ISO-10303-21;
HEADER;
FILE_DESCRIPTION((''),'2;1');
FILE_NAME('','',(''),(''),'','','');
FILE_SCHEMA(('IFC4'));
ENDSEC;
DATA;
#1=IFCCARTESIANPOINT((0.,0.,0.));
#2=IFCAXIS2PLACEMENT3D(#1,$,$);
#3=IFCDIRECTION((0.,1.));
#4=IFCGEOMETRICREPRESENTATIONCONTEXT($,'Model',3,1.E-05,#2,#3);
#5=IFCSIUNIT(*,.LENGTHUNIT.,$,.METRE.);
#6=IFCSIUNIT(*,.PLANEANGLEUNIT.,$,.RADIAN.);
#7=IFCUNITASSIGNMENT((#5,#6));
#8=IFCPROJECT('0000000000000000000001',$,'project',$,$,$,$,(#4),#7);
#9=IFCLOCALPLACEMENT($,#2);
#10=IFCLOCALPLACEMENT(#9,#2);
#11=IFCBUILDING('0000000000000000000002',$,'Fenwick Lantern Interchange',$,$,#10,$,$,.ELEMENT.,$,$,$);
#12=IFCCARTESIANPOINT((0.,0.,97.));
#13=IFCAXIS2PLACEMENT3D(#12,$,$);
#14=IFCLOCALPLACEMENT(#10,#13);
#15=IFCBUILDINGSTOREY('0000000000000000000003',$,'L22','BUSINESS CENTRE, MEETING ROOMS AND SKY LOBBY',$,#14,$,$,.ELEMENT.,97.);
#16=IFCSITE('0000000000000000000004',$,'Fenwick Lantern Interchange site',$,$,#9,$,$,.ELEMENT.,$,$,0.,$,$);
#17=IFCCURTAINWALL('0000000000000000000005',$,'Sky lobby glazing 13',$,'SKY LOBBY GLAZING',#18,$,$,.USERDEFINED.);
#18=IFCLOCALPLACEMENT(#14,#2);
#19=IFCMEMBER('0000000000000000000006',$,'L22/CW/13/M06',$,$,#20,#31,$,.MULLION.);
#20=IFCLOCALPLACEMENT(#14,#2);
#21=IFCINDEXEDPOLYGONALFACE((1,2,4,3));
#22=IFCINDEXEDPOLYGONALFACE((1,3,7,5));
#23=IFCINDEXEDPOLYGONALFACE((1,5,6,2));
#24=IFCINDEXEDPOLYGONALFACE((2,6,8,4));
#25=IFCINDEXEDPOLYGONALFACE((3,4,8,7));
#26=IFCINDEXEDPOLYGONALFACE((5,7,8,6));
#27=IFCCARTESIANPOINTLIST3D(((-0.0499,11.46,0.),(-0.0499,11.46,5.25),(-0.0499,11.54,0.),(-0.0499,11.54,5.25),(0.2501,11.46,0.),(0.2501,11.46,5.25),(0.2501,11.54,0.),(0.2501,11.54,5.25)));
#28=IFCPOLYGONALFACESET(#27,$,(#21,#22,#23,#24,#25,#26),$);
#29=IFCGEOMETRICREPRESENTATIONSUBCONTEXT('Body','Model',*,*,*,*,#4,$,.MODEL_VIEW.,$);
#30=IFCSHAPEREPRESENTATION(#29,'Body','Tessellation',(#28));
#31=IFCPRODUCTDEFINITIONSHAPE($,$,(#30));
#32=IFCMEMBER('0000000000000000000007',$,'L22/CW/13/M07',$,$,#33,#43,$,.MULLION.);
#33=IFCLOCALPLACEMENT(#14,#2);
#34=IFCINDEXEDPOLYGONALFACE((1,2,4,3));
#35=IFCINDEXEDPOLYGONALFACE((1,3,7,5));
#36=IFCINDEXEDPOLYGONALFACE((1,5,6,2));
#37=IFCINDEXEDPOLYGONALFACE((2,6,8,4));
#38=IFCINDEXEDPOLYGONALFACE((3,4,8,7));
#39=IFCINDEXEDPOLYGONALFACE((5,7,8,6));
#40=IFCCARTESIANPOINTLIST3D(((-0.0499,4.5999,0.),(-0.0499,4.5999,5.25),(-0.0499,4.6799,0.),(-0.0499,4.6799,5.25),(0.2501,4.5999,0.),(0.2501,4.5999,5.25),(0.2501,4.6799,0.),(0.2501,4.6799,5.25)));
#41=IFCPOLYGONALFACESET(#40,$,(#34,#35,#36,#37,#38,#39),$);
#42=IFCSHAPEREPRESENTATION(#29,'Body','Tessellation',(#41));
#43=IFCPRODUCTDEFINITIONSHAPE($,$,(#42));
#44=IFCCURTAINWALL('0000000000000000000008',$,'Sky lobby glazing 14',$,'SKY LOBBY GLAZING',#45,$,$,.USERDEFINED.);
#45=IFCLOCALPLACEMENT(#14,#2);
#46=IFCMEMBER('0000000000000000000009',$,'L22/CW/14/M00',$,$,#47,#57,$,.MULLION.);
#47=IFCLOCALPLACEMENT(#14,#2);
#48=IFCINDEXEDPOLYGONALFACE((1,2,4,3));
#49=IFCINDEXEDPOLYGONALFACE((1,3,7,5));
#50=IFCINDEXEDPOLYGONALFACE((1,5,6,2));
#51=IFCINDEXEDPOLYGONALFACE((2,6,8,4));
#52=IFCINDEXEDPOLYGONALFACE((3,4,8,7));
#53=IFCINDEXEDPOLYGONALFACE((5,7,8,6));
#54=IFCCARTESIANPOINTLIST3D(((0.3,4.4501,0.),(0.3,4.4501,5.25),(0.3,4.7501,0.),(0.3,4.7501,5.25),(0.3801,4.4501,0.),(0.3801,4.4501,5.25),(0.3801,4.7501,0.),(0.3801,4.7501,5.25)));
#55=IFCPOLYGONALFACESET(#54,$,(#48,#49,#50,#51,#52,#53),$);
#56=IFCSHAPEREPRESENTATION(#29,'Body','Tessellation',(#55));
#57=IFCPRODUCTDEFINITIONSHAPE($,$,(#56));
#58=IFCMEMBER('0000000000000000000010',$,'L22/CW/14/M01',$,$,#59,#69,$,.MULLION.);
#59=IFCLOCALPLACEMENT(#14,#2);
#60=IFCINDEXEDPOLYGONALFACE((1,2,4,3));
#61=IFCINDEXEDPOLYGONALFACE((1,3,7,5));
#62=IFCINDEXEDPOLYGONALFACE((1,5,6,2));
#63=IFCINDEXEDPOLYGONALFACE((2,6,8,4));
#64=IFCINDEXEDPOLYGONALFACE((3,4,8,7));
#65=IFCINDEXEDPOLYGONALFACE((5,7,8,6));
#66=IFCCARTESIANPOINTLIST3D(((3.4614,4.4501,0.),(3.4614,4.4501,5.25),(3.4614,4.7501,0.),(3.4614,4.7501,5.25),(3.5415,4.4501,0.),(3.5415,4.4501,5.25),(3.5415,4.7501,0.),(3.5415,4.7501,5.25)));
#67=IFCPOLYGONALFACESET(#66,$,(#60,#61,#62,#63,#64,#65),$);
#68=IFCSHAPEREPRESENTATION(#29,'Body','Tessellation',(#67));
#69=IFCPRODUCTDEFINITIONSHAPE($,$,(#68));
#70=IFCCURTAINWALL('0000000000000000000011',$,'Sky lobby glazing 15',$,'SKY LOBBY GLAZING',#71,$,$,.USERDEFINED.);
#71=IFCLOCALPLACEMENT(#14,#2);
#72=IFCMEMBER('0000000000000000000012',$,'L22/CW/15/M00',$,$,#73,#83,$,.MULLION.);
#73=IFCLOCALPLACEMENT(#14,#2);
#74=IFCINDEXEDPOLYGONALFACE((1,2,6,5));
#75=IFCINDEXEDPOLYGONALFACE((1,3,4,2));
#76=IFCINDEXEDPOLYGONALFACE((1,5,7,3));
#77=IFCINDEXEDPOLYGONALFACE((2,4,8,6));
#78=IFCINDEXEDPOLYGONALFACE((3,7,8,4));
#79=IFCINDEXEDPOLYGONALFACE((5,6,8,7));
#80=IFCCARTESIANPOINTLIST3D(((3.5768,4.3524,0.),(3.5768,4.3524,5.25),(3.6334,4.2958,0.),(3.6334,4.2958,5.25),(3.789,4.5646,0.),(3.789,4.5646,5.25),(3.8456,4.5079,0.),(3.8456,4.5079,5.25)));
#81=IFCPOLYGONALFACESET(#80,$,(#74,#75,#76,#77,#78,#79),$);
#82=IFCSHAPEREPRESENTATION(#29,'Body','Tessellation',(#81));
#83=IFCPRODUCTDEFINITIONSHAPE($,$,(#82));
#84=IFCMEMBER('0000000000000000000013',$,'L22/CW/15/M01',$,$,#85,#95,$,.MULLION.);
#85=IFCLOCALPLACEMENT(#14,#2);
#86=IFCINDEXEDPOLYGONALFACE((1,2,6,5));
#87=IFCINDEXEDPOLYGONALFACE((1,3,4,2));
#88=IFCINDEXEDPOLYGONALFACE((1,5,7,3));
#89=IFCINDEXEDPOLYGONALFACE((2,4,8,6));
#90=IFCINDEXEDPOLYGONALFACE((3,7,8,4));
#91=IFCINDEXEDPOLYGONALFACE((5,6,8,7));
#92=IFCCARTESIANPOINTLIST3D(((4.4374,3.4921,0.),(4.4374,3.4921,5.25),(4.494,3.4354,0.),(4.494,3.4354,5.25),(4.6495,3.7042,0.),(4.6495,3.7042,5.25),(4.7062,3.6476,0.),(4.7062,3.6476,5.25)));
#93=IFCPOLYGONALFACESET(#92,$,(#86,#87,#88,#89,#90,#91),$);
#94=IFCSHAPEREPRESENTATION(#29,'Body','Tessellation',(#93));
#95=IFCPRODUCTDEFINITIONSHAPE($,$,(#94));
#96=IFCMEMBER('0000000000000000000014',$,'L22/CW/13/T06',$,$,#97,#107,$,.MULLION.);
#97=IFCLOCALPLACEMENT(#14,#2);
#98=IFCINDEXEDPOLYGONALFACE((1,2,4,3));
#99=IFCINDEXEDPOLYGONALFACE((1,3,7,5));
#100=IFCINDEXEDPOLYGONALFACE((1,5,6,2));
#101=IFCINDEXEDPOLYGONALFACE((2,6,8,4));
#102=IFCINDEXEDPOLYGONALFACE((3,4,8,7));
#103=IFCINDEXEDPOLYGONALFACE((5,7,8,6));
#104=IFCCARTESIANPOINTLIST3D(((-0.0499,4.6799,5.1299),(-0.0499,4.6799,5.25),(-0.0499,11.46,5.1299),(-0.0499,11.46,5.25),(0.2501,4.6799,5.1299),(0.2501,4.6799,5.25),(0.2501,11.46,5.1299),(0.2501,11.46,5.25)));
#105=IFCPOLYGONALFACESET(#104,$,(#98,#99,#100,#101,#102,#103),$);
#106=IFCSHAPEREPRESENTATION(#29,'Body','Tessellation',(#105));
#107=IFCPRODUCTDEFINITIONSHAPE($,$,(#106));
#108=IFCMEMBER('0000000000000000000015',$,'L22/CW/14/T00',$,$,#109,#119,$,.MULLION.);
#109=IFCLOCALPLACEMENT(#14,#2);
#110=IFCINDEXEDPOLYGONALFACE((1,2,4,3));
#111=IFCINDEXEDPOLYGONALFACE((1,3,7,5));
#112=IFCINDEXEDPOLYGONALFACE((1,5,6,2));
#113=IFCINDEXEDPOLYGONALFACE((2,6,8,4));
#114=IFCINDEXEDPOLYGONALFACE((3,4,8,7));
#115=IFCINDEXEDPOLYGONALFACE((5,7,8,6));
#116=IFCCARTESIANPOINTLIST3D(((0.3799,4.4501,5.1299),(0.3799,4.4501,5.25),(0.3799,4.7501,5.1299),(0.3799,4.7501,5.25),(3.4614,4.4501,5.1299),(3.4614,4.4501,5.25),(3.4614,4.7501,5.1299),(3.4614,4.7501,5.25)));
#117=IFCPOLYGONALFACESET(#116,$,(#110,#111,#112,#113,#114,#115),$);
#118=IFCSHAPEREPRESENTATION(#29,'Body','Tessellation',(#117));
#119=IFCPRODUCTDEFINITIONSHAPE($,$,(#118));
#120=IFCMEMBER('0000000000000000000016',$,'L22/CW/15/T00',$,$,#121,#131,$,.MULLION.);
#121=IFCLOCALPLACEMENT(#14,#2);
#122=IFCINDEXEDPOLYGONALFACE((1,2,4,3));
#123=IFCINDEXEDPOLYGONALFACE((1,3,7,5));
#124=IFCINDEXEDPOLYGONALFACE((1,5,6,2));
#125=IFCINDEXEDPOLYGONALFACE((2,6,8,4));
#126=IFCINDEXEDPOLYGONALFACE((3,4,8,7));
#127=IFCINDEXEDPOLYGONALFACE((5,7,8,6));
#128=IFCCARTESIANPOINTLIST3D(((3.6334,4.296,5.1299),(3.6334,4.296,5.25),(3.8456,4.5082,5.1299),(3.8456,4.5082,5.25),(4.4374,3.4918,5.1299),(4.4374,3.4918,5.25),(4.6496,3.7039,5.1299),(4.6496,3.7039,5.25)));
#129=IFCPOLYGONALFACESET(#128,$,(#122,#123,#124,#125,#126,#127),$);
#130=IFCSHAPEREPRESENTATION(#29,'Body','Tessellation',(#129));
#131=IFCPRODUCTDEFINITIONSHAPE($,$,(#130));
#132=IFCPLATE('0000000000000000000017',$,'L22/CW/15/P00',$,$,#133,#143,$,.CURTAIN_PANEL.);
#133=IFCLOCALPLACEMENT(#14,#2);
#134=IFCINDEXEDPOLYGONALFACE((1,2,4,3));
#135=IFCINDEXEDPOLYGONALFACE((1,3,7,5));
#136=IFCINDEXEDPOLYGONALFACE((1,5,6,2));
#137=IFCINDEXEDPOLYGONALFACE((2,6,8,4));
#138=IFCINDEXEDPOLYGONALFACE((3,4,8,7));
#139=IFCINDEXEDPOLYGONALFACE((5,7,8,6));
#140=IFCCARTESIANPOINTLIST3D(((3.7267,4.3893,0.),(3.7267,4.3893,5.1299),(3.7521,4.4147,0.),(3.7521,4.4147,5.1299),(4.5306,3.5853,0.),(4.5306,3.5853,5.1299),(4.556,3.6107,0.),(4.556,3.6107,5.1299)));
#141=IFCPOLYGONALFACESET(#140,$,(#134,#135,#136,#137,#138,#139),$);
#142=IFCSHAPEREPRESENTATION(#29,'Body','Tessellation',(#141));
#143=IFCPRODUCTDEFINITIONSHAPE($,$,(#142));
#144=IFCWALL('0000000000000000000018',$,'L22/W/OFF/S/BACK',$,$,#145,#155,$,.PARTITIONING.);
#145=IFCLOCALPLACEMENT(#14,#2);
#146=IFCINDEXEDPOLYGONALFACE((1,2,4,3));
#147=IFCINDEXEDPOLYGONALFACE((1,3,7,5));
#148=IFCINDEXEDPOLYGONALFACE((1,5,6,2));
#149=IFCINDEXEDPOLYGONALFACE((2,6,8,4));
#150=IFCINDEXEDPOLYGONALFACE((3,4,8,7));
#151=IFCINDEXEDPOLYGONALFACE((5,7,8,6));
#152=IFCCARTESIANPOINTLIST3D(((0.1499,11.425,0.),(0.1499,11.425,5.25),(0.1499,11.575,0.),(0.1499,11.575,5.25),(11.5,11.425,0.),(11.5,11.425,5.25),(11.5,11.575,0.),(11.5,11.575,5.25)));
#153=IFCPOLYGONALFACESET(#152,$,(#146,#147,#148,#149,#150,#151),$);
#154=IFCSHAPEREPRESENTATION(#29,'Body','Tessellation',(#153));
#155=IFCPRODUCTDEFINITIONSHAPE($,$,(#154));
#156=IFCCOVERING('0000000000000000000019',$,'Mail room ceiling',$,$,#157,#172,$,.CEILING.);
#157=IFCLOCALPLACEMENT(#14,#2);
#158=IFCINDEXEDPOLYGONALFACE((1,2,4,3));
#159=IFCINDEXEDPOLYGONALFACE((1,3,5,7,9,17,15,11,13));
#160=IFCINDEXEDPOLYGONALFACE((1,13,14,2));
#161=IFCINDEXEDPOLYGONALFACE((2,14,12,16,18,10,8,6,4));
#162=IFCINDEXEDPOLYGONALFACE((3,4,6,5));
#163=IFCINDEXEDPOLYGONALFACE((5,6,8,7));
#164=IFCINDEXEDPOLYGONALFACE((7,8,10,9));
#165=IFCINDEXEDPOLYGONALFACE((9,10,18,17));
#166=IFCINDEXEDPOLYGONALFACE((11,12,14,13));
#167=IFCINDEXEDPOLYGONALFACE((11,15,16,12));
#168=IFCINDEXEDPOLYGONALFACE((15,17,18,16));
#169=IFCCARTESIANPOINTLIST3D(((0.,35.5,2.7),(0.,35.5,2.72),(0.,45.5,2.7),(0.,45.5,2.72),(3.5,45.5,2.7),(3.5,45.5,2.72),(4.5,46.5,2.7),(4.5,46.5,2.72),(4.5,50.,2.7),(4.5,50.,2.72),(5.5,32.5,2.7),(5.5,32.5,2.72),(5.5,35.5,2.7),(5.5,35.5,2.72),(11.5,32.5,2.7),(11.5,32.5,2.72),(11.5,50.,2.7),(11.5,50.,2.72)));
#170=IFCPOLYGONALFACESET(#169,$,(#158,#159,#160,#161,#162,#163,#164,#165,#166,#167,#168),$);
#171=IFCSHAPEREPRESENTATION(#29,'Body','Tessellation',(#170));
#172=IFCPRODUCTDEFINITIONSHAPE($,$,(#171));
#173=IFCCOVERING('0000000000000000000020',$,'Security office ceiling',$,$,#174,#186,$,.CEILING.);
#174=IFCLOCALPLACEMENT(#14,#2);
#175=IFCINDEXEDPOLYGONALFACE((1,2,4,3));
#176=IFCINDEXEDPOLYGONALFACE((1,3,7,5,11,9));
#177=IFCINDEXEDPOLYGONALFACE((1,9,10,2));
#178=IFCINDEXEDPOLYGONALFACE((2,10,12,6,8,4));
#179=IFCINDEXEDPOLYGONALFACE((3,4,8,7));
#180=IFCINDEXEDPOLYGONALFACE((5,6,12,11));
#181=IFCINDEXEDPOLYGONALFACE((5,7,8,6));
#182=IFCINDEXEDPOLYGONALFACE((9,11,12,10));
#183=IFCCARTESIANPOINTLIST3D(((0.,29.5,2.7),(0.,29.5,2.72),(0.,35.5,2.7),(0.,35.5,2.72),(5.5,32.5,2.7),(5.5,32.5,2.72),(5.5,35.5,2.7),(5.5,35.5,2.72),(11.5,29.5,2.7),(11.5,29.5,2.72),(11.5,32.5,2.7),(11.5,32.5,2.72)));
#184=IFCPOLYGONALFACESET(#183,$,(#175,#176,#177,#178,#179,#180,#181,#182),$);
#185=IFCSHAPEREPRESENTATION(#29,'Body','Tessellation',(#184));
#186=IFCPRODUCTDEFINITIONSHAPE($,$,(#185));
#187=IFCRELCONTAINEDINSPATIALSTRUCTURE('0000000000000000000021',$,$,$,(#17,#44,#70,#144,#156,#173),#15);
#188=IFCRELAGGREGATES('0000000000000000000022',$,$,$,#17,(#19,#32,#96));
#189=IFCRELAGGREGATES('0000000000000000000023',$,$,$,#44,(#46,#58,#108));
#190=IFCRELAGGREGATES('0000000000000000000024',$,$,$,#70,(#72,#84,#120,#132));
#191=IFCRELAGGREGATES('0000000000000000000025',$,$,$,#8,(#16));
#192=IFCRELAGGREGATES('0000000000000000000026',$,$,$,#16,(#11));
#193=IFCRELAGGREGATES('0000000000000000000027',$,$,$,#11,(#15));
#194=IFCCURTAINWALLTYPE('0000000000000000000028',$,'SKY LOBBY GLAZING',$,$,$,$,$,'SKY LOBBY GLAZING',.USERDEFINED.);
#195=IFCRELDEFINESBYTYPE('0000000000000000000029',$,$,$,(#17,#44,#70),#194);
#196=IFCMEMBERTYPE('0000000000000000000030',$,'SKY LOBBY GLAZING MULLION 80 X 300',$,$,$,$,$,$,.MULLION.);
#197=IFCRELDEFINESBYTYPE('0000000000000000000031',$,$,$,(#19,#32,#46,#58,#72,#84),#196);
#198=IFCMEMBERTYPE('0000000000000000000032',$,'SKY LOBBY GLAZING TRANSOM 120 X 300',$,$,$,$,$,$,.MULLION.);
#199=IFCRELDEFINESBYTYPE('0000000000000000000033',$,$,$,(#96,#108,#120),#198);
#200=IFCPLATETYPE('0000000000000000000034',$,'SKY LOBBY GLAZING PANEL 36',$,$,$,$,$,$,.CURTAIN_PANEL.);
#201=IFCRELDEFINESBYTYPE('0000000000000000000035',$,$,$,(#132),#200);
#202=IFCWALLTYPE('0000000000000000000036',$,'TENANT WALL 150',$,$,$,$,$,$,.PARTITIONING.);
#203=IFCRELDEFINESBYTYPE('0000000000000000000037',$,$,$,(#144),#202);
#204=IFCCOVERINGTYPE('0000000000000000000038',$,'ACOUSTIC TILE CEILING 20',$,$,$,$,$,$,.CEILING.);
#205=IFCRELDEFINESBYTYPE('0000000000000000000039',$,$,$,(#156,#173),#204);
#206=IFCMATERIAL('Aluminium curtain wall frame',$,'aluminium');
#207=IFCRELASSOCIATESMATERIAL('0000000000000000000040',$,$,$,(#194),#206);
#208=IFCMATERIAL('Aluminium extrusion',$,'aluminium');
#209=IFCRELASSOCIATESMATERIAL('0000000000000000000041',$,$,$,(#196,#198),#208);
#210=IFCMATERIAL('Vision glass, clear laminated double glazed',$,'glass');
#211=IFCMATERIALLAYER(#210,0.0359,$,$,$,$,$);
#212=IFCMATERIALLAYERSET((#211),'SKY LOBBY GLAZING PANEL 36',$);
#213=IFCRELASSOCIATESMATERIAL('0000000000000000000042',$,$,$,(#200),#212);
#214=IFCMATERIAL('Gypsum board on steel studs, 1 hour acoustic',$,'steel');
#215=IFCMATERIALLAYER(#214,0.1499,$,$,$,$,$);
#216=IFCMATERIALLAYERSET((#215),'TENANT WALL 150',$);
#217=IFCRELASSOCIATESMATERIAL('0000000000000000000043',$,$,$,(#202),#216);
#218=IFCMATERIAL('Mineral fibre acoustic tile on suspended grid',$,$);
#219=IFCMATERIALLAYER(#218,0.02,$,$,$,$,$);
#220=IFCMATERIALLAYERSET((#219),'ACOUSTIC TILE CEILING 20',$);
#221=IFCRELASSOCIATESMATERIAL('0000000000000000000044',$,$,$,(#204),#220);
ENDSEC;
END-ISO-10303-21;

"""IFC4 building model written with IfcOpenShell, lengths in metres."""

from ifc_helpers import new_model, si_unit, direction, frame, frame_2d, origin, origin_2d, place, context, subcontext, project, spatial, polyline, rectangle, outline, extrude, material, layer, layer_set, material_profile, profile_set, type_object, element, aggregate, save


model = new_model("IFC4")

# Units and contexts
model_context = context("Model", 3, precision=1e-05, world=origin(), true_north=direction((0.0, 1.0)))
body_context = subcontext(model_context, "Body", "Model", "MODEL_VIEW")
ifc_project = project(units=[si_unit("LENGTHUNIT", "METRE"), si_unit("PLANEANGLEUNIT", "RADIAN")], contexts=[model_context])

# Site, building, storey
site_placement = place(None, origin())
site = spatial("IfcSite", under=ifc_project, at=site_placement, Name="Fenwick Lantern Interchange site", CompositionType="ELEMENT", RefElevation=0.0)
building_placement = place(site_placement, origin())
building = spatial("IfcBuilding", under=site, at=building_placement, Name="Fenwick Lantern Interchange", CompositionType="ELEMENT")
storey_placement = place(building_placement, frame((0.0, 0.0, 97.0)))
storey = spatial("IfcBuildingStorey", under=building, at=storey_placement, Name="L22", Description="BUSINESS CENTRE, MEETING ROOMS AND SKY LOBBY", CompositionType="ELEMENT", Elevation=97.0)

# Curtain walls, members
ifc_material_1 = material(Name="Aluminium curtain wall frame", Category="aluminium")
curtain_wall_type = type_object("IfcCurtainWallType", Name="SKY LOBBY GLAZING", ElementType="SKY LOBBY GLAZING", PredefinedType="USERDEFINED", material=ifc_material_1)
curtain_wall_1_placement = place(storey_placement, origin())
curtain_wall_1 = element("IfcCurtainWall", 1, at=curtain_wall_1_placement, inside=storey, type_object=curtain_wall_type, Name="Sky lobby glazing 13", ObjectType="SKY LOBBY GLAZING", PredefinedType="USERDEFINED")
ifc_material_2 = material(Name="Aluminium extrusion", Category="aluminium")
ifc_material_profile_1 = material_profile(ifc_material_2, rectangle(XDim=0.3, YDim=0.0801, at=origin_2d()), Name="SKY LOBBY GLAZING MULLION 80 X 300")
ifc_profile_set_1 = profile_set([ifc_material_profile_1], Name="Aluminium extrusion")
member_type_1 = type_object("IfcMemberType", Name="SKY LOBBY GLAZING MULLION 80 X 300", PredefinedType="MULLION", material=ifc_profile_set_1)
member_1_placement = place(storey_placement, frame((0.1001, 11.5, 0.0), z_axis=(0.0, 0.0, 1.0), x_axis=(1.0, 0.0, 0.0)))
member_1 = element("IfcMember", 2, at=member_1_placement, type_object=member_type_1, Name="L22/CW/13/M06", PredefinedType="MULLION", context=body_context, shape_type="SweptSolid", body=[
    extrude(rectangle(XDim=0.3, YDim=0.0801, at=origin_2d()), origin(), (0.0, 0.0, 1.0), 5.25),
])
member_2_placement = place(storey_placement, frame((0.1001, 4.6399, 0.0), z_axis=(0.0, 0.0, 1.0), x_axis=(1.0, 0.0, 0.0)))
member_2 = element("IfcMember", 3, at=member_2_placement, type_object=member_type_1, Name="L22/CW/13/M07", PredefinedType="MULLION", context=body_context, shape_type="SweptSolid", body=[
    extrude(rectangle(XDim=0.3, YDim=0.0801, at=origin_2d()), origin(), (0.0, 0.0, 1.0), 5.25),
])
curtain_wall_2_placement = place(storey_placement, origin())
curtain_wall_2 = element("IfcCurtainWall", 4, at=curtain_wall_2_placement, inside=storey, type_object=curtain_wall_type, Name="Sky lobby glazing 14", ObjectType="SKY LOBBY GLAZING", PredefinedType="USERDEFINED")
member_3_placement = place(storey_placement, frame((0.3401, 4.6001, 0.0), z_axis=(0.0, 0.0, 1.0), x_axis=(0.0, 1.0, 0.0)))
member_3 = element("IfcMember", 5, at=member_3_placement, type_object=member_type_1, Name="L22/CW/14/M00", PredefinedType="MULLION", context=body_context, shape_type="SweptSolid", body=[
    extrude(rectangle(XDim=0.3, YDim=0.0801, at=origin_2d()), origin(), (0.0, 0.0, 1.0), 5.25),
])
member_4_placement = place(storey_placement, frame((3.5015, 4.6001, 0.0), z_axis=(0.0, 0.0, 1.0), x_axis=(0.0, 1.0, 0.0)))
member_4 = element("IfcMember", 6, at=member_4_placement, type_object=member_type_1, Name="L22/CW/14/M01", PredefinedType="MULLION", context=body_context, shape_type="SweptSolid", body=[
    extrude(rectangle(XDim=0.3, YDim=0.0801, at=origin_2d()), origin(), (0.0, 0.0, 1.0), 5.25),
])
curtain_wall_3_placement = place(storey_placement, origin())
curtain_wall_3 = element("IfcCurtainWall", 7, at=curtain_wall_3_placement, inside=storey, type_object=curtain_wall_type, Name="Sky lobby glazing 15", ObjectType="SKY LOBBY GLAZING", PredefinedType="USERDEFINED")
member_5_placement = place(storey_placement, frame((3.7112, 4.4302, 0.0), z_axis=(0.0, 0.0, 1.0), x_axis=(0.707107, 0.707107, 0.0)))
member_5 = element("IfcMember", 8, at=member_5_placement, type_object=member_type_1, Name="L22/CW/15/M00", PredefinedType="MULLION", context=body_context, shape_type="SweptSolid", body=[
    extrude(rectangle(XDim=0.3, YDim=0.0801, at=origin_2d()), origin(), (0.0, 0.0, 1.0), 5.25),
])
member_6_placement = place(storey_placement, frame((4.5718, 3.5698, 0.0), z_axis=(0.0, 0.0, 1.0), x_axis=(0.707107, 0.707107, 0.0)))
member_6 = element("IfcMember", 9, at=member_6_placement, type_object=member_type_1, Name="L22/CW/15/M01", PredefinedType="MULLION", context=body_context, shape_type="SweptSolid", body=[
    extrude(rectangle(XDim=0.3, YDim=0.0801, at=origin_2d()), origin(), (0.0, 0.0, 1.0), 5.25),
])

# Members
ifc_material_profile_2 = material_profile(ifc_material_2, rectangle(XDim=0.3, YDim=0.1201, at=origin_2d()), Name="SKY LOBBY GLAZING TRANSOM 120 X 300")
ifc_profile_set_2 = profile_set([ifc_material_profile_2], Name="Aluminium extrusion")
member_type_2 = type_object("IfcMemberType", Name="SKY LOBBY GLAZING TRANSOM 120 X 300", PredefinedType="MULLION", material=ifc_profile_set_2)
member_7_placement = place(storey_placement, frame((0.1001, 11.46, 5.1899), z_axis=(0.0, -1.0, 0.0), x_axis=(1.0, 0.0, 0.0)))
member_7 = element("IfcMember", 10, at=member_7_placement, type_object=member_type_2, Name="L22/CW/13/T06", PredefinedType="MULLION", context=body_context, shape_type="SweptSolid", body=[
    extrude(rectangle(XDim=0.3, YDim=0.1201, at=origin_2d()), origin(), (0.0, 0.0, 1.0), 6.78),
])
aggregate(curtain_wall_1, [member_1, member_2, member_7])
member_8_placement = place(storey_placement, frame((0.3799, 4.6001, 5.1899), z_axis=(1.0, 0.0, 0.0), x_axis=(0.0, 1.0, 0.0)))
member_8 = element("IfcMember", 11, at=member_8_placement, type_object=member_type_2, Name="L22/CW/14/T00", PredefinedType="MULLION", context=body_context, shape_type="SweptSolid", body=[
    extrude(rectangle(XDim=0.3, YDim=0.1201, at=origin_2d()), origin(), (0.0, 0.0, 1.0), 3.0815),
])
member_9_placement = place(storey_placement, frame((3.7395, 4.4021, 5.1899), z_axis=(0.706999, -0.707214, 0.0), x_axis=(0.707214, 0.706999, 0.0)))
member_9 = element("IfcMember", 12, at=member_9_placement, type_object=member_type_2, Name="L22/CW/15/T00", PredefinedType="MULLION", context=body_context, shape_type="SweptSolid", body=[
    extrude(rectangle(XDim=0.3, YDim=0.1201, at=origin_2d()), origin(), (0.0, 0.0, 1.0), 1.1372),
])

# Shared definitions
ifc_material_3 = material(Name="Vision glass, clear laminated double glazed", Category="glass")
ifc_layer_1 = layer(ifc_material_3, 0.0359)
ifc_layer_set_1 = layer_set([ifc_layer_1], Name="SKY LOBBY GLAZING PANEL 36")
plate_type = type_object("IfcPlateType", Name="SKY LOBBY GLAZING PANEL 36", PredefinedType="CURTAIN_PANEL", material=ifc_layer_set_1)

# Plate
aggregate(curtain_wall_2, [member_3, member_4, member_8])
plate_1_placement = place(storey_placement, frame((4.1414, 4.0, 0.0), z_axis=(0.0, 0.0, 1.0), x_axis=(0.707107, -0.707107, 0.0)))
plate_1 = element("IfcPlate", 13, at=plate_1_placement, type_object=plate_type, Name="L22/CW/15/P00", PredefinedType="CURTAIN_PANEL", context=body_context, shape_type="SweptSolid", body=[
    extrude(rectangle(XDim=1.137, YDim=0.0359, at=origin_2d()), origin(), (0.0, 0.0, 1.0), 5.1299),
])
aggregate(curtain_wall_3, [member_5, member_6, member_9, plate_1])

# Wall
ifc_material_4 = material(Name="Gypsum board on steel studs, 1 hour acoustic", Category="steel")
ifc_layer_2 = layer(ifc_material_4, 0.1499)
ifc_layer_set_2 = layer_set([ifc_layer_2], Name="TENANT WALL 150")
wall_type = type_object("IfcWallType", Name="TENANT WALL 150", PredefinedType="PARTITIONING", material=ifc_layer_set_2)
wall_placement = place(storey_placement, frame((0.1499, 11.5, 0.0), z_axis=(0.0, 0.0, 1.0), x_axis=(1.0, 0.0, 0.0)))
element("IfcWall", 14, at=wall_placement, inside=storey, type_object=wall_type, Name="L22/W/OFF/S/BACK", PredefinedType="PARTITIONING", context=body_context, shape_type="SweptSolid", body=[
    extrude(rectangle(XDim=11.3501, YDim=0.1499, at=frame_2d((5.675, 0.0))), origin(), (0.0, 0.0, 1.0), 5.25),
])

# Coverings
ifc_material_5 = material(Name="Mineral fibre acoustic tile on suspended grid")
ifc_layer_3 = layer(ifc_material_5, 0.02)
ifc_layer_set_3 = layer_set([ifc_layer_3], Name="ACOUSTIC TILE CEILING 20")
covering_type_1 = type_object("IfcCoveringType", Name="ACOUSTIC TILE CEILING 20", PredefinedType="CEILING", material=ifc_layer_set_3)
covering_1_placement = place(storey_placement, frame((0.0, 0.0, 2.7)))
element("IfcCovering", 15, at=covering_1_placement, inside=storey, type_object=covering_type_1, Name="Mail room ceiling", PredefinedType="CEILING", context=body_context, shape_type="SweptSolid", body=[
    extrude(outline(polyline([(3.5, 45.5), (0.0, 45.5), (0.0, 35.5), (5.5, 35.5), (5.5, 32.5), (11.5, 32.5), (11.5, 50.0), (4.5, 50.0), (4.5, 46.5), (3.5, 45.5)])), origin(), (0.0, 0.0, 1.0), 0.02),
])
covering_2_placement = place(storey_placement, frame((0.0, 0.0, 2.7)))
element("IfcCovering", 16, at=covering_2_placement, inside=storey, type_object=covering_type_1, Name="Security office ceiling", PredefinedType="CEILING", context=body_context, shape_type="SweptSolid", body=[
    extrude(outline(polyline([(0.0, 29.5), (11.5, 29.5), (11.5, 32.5), (5.5, 32.5), (5.5, 35.5), (0.0, 35.5), (0.0, 29.5)])), origin(), (0.0, 0.0, 1.0), 0.02),
])

save(model, "model.ifc")
